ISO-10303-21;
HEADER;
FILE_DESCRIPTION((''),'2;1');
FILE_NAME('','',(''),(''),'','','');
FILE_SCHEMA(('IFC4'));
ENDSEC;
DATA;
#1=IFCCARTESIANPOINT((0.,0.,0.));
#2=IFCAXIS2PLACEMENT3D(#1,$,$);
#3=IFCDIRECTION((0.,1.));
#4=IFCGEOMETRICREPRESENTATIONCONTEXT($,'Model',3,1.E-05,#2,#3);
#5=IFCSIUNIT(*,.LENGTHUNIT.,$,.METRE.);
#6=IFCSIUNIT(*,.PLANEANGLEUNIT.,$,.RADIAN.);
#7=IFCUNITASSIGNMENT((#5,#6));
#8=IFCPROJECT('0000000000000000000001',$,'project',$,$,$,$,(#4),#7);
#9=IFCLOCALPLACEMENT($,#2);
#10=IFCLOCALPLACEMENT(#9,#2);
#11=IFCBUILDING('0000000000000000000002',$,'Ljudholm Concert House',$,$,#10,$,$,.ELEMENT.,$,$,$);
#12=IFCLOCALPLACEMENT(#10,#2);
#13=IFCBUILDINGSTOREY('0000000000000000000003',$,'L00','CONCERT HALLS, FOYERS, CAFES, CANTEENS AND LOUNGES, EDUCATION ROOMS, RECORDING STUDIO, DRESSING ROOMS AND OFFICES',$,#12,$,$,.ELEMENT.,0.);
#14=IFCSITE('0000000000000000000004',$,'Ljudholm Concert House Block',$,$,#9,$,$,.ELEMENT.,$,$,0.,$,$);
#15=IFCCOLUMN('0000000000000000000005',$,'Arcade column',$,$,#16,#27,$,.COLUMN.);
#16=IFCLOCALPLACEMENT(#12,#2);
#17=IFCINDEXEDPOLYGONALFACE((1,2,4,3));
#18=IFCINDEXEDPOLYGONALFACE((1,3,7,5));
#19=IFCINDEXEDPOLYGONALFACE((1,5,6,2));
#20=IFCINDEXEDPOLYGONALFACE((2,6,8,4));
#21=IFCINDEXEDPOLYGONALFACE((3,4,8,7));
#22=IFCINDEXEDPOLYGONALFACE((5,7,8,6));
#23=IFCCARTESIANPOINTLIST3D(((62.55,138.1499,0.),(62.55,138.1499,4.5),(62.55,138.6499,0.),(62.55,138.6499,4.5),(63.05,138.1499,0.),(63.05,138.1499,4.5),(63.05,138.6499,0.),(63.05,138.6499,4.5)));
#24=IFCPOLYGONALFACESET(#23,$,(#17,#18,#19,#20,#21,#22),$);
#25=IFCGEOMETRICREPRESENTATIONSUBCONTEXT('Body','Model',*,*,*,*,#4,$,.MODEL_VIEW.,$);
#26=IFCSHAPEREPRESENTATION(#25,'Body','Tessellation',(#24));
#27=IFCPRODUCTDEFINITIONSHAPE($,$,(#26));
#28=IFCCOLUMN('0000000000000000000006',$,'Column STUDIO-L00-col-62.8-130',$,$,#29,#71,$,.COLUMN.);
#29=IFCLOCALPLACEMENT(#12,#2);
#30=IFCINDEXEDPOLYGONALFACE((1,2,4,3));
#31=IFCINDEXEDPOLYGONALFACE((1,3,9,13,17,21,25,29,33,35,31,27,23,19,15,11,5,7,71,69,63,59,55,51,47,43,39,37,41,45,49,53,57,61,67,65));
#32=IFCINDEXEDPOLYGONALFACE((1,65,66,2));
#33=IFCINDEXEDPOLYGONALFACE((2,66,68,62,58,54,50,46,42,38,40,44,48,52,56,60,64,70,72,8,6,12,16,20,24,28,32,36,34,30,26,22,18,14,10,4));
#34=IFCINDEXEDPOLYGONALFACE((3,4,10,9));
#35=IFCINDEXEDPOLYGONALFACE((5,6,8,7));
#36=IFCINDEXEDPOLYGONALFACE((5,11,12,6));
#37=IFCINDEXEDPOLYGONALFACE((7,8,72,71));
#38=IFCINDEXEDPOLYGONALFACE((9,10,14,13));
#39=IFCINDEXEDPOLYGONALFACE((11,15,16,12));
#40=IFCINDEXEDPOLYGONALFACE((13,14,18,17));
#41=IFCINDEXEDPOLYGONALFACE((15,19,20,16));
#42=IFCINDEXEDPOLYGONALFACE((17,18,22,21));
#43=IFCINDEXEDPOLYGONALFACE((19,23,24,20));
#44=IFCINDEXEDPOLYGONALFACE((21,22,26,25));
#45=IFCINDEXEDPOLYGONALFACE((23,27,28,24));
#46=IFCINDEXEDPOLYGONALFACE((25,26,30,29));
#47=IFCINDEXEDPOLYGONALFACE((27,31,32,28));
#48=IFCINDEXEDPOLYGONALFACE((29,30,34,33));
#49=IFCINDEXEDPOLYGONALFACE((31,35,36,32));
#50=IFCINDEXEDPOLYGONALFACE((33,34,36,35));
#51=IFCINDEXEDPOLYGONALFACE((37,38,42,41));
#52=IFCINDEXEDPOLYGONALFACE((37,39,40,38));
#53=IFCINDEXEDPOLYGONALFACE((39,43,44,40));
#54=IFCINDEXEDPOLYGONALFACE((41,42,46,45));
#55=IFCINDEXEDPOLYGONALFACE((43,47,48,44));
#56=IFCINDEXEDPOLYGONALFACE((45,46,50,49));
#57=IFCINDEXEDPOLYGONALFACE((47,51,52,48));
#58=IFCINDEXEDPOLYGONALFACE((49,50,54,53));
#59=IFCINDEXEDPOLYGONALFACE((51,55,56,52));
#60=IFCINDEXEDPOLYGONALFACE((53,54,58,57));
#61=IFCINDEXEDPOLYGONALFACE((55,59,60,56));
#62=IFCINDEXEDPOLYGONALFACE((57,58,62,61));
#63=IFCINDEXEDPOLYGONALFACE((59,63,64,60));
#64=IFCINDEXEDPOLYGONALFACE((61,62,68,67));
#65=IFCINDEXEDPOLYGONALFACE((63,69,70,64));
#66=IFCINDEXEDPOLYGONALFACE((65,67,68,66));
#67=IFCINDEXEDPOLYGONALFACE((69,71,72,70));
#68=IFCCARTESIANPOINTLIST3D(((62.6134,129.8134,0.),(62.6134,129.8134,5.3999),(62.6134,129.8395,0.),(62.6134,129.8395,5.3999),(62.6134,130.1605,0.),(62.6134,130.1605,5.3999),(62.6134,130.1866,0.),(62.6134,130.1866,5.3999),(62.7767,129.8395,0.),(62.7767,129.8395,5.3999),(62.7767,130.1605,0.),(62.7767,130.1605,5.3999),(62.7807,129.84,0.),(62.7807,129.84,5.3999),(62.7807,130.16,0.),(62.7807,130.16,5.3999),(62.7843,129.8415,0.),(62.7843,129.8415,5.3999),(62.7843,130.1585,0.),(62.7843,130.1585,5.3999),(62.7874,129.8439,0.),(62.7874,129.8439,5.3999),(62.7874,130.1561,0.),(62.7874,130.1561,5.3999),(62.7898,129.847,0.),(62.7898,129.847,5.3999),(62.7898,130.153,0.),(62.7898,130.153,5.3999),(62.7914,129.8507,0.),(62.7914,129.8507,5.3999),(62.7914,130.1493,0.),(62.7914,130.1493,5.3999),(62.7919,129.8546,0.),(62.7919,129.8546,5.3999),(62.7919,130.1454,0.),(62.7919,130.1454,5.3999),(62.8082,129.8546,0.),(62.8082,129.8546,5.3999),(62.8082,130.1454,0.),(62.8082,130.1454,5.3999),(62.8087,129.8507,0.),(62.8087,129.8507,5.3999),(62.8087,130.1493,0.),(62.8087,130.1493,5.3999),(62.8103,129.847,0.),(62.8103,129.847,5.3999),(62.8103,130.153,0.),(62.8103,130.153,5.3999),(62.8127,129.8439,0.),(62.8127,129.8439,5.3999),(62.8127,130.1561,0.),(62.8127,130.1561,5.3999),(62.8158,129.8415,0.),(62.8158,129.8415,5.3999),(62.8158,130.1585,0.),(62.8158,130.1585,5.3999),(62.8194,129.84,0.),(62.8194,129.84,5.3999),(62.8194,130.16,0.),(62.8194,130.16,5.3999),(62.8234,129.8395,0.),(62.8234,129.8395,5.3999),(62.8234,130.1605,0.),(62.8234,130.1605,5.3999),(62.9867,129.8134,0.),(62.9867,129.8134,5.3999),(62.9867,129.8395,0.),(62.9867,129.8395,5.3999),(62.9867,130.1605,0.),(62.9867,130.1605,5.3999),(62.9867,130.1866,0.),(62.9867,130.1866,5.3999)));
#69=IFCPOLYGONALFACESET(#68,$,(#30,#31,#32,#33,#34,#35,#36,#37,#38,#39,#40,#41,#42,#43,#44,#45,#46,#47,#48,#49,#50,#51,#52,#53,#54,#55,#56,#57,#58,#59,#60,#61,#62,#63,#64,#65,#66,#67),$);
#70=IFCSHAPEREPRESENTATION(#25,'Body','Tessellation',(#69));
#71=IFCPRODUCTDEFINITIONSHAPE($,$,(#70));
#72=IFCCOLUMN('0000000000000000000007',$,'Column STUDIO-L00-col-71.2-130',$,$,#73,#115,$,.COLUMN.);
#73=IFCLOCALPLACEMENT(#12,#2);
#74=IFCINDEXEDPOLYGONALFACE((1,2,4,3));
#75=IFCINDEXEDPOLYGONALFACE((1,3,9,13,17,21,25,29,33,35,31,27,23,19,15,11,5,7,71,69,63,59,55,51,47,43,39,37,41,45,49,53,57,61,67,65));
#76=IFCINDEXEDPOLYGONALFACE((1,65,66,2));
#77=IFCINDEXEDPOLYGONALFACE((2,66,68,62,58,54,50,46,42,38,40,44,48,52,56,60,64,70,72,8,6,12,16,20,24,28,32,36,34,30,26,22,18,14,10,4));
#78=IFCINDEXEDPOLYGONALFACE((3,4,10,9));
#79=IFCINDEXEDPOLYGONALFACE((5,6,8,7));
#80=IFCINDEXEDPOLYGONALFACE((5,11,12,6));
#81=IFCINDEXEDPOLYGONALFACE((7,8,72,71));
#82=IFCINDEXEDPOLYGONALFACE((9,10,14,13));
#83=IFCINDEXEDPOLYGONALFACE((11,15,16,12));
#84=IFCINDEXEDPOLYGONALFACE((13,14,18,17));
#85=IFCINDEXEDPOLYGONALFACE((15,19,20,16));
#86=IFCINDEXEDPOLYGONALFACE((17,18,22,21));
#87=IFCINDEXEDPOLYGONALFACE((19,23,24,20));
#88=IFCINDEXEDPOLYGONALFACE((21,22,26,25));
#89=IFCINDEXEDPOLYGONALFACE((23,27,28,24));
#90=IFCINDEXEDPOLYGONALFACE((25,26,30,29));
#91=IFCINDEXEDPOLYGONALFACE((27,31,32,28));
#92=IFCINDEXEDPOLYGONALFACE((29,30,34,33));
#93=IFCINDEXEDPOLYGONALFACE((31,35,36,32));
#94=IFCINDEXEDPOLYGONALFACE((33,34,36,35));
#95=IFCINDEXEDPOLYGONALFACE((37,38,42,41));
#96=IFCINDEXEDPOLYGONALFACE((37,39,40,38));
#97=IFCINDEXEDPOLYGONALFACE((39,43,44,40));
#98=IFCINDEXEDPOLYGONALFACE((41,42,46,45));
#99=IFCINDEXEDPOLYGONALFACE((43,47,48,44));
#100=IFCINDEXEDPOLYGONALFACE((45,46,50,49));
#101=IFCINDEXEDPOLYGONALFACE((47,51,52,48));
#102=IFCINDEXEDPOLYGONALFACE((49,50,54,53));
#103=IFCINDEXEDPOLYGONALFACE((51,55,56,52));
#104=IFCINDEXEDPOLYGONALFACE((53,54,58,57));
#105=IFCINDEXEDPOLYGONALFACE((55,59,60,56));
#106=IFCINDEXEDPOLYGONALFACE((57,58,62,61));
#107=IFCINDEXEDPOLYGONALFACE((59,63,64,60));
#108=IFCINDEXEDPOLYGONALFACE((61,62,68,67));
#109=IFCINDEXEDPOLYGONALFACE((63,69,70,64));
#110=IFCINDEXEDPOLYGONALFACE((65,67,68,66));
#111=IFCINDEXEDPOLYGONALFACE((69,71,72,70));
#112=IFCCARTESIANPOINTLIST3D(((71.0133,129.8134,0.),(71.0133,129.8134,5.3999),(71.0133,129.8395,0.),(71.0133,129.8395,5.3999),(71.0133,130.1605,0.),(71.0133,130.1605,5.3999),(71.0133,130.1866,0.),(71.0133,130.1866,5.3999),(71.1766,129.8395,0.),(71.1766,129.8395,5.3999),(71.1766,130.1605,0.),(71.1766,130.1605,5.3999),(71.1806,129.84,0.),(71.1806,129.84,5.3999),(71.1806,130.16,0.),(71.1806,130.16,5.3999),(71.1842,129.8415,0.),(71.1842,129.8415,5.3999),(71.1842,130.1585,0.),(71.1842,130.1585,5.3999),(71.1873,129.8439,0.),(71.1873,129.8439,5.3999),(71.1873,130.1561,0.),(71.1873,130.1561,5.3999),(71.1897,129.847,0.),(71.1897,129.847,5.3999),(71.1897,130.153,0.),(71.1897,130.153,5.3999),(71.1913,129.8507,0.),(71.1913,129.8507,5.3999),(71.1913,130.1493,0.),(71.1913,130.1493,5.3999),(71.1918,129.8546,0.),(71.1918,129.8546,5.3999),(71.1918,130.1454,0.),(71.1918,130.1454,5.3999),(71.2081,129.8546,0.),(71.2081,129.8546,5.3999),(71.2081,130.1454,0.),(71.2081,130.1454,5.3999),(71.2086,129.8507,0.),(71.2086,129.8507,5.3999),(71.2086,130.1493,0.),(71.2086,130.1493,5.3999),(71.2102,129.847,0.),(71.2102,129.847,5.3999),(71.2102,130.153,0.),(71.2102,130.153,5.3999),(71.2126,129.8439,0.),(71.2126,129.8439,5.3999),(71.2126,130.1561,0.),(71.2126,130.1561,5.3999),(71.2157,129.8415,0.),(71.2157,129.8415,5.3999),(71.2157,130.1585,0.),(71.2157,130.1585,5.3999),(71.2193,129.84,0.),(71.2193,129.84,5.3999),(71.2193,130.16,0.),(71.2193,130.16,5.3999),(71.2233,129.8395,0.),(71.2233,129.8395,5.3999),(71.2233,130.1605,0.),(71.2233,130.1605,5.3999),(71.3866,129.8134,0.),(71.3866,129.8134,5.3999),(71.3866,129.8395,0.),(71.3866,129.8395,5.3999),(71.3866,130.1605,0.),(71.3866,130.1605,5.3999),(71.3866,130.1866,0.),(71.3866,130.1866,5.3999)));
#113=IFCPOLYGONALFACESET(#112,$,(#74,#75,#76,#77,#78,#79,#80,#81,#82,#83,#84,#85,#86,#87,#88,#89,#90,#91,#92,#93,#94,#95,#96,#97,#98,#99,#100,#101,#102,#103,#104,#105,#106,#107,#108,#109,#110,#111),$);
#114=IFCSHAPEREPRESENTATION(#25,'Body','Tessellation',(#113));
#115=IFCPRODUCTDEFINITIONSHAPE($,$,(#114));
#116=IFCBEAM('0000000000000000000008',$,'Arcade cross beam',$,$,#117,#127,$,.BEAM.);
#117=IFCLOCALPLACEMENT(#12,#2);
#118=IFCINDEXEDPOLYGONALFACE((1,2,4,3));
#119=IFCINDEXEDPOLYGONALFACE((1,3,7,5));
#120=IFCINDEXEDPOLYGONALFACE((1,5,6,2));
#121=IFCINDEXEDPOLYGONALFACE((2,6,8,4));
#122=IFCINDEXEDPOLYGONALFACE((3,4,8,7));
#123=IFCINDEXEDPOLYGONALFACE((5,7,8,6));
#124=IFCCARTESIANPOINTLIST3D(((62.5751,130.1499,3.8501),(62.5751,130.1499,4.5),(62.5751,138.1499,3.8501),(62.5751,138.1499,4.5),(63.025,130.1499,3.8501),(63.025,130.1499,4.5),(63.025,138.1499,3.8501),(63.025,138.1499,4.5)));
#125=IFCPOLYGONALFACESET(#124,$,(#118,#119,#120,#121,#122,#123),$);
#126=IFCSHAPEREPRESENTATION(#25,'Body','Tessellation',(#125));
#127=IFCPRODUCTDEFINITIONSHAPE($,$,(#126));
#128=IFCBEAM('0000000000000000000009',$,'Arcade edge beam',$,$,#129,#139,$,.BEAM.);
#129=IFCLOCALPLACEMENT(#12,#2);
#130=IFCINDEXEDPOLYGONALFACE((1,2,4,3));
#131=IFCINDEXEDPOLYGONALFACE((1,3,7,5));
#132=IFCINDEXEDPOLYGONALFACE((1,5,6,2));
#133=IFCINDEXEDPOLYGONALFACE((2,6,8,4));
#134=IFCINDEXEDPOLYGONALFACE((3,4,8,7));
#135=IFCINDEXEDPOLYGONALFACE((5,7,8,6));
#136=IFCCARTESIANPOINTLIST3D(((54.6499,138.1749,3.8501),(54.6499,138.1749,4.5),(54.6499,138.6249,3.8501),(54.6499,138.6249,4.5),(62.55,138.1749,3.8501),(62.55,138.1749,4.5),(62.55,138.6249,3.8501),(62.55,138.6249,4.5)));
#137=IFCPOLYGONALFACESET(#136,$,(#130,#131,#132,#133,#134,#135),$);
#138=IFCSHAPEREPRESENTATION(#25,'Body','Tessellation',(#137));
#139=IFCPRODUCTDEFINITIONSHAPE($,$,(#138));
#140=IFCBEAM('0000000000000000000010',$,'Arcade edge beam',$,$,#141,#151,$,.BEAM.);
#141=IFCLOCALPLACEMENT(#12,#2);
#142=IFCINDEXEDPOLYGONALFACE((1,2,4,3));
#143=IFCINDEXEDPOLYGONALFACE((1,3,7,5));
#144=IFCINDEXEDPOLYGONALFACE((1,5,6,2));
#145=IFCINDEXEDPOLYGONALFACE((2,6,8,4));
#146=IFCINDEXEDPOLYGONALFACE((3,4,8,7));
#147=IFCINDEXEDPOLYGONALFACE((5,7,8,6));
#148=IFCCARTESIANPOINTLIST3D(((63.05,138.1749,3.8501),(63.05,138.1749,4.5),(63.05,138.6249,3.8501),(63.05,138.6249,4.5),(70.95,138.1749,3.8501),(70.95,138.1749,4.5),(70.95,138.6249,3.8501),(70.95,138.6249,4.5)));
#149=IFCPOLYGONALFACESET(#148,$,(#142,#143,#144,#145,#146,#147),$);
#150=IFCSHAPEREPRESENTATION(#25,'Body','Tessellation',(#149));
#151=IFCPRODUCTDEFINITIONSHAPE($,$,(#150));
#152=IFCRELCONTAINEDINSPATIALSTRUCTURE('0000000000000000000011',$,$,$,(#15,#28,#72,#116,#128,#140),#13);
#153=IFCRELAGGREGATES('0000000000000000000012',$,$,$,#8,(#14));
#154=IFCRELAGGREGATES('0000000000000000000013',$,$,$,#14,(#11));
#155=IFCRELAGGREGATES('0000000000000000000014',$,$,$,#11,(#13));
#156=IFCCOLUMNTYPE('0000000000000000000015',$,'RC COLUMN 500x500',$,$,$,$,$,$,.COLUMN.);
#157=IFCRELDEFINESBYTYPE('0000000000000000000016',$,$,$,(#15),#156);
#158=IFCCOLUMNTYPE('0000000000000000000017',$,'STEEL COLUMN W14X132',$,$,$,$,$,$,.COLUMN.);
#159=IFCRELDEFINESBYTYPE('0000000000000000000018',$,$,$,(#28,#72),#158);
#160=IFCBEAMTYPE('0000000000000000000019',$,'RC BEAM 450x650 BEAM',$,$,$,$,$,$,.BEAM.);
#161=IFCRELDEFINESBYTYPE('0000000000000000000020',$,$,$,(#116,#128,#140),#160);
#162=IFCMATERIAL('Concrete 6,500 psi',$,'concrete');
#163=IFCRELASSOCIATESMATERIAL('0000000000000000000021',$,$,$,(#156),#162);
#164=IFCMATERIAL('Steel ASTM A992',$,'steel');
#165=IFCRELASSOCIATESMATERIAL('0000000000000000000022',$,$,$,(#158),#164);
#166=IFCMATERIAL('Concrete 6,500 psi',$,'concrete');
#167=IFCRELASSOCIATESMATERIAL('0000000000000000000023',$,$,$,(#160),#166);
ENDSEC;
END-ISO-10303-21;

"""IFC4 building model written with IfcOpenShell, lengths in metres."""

from ifc_helpers import new_model, si_unit, direction, frame, origin, origin_2d, place, context, subcontext, project, spatial, rectangle, i_section, extrude, material, material_profile, profile_set, type_object, element, save


model = new_model("IFC4")

# Units and contexts
model_context = context("Model", 3, precision=1e-05, world=origin(), true_north=direction((0.0, 1.0)))
body_context = subcontext(model_context, "Body", "Model", "MODEL_VIEW")
ifc_project = project(units=[si_unit("LENGTHUNIT", "METRE"), si_unit("PLANEANGLEUNIT", "RADIAN")], contexts=[model_context])

# Site, building, storey
site_placement = place(None, origin())
site = spatial("IfcSite", under=ifc_project, at=site_placement, Name="Ljudholm Concert House Block", CompositionType="ELEMENT", RefElevation=0.0)
building_placement = place(site_placement, origin())
building = spatial("IfcBuilding", under=site, at=building_placement, Name="Ljudholm Concert House", CompositionType="ELEMENT")
storey_placement = place(building_placement, origin())
storey = spatial("IfcBuildingStorey", under=building, at=storey_placement, Name="L00", Description="CONCERT HALLS, FOYERS, CAFES, CANTEENS AND LOUNGES, EDUCATION ROOMS, RECORDING STUDIO, DRESSING ROOMS AND OFFICES", CompositionType="ELEMENT", Elevation=0.0)

# Columns
ifc_material_1 = material(Name="Concrete 6,500 psi", Category="concrete")
ifc_material_profile_1 = material_profile(ifc_material_1, rectangle(XDim=0.5, YDim=0.5, at=origin_2d()), Name="RC COLUMN 500x500")
ifc_profile_set_1 = profile_set([ifc_material_profile_1], Name="Concrete 6,500 psi")
column_type_1 = type_object("IfcColumnType", Name="RC COLUMN 500x500", PredefinedType="COLUMN", material=ifc_profile_set_1)
column_placement = place(storey_placement, frame((62.8, 138.3999, 0.0), z_axis=(0.0, 0.0, 1.0), x_axis=(1.0, 0.0, 0.0)))
element("IfcColumn", 1, at=column_placement, inside=storey, type_object=column_type_1, Name="Arcade column", PredefinedType="COLUMN", context=body_context, shape_type="SweptSolid", body=[
    extrude(rectangle(XDim=0.5, YDim=0.5, at=origin_2d()), origin(), (0.0, 0.0, 1.0), 4.5),
])
ifc_material_2 = material(Name="Steel ASTM A992", Category="steel")
ifc_material_profile_2 = material_profile(ifc_material_2, i_section(OverallWidth=0.3733, OverallDepth=0.3733, WebThickness=0.0164, FlangeThickness=0.0261, FilletRadius=0.0151, at=origin_2d()), Name="W14X132")
ifc_profile_set_2 = profile_set([ifc_material_profile_2], Name="Steel ASTM A992")
column_type_2 = type_object("IfcColumnType", Name="STEEL COLUMN W14X132", PredefinedType="COLUMN", material=ifc_profile_set_2)
for number, where, z_axis, x_axis, name in (
    (2, (62.8, 130.0, 0.0), (0.0, 0.0, 1.0), (1.0, 0.0, 0.0), "Column STUDIO-L00-col-62.8-130"),
    (3, (71.2, 130.0, 0.0), (0.0, 0.0, 1.0), (1.0, 0.0, 0.0), "Column STUDIO-L00-col-71.2-130"),
):
    element("IfcColumn", number, at=place(storey_placement, frame(where, z_axis=z_axis, x_axis=x_axis)), inside=storey, type_object=column_type_2, Name=name, PredefinedType="COLUMN", context=body_context, shape_type="SweptSolid", body=[
        extrude(i_section(OverallWidth=0.3733, OverallDepth=0.3733, WebThickness=0.0164, FlangeThickness=0.0261, FilletRadius=0.0151, at=origin_2d()), origin(), (0.0, 0.0, 1.0), 5.3999),
    ])

# Beams
ifc_material_3 = material(Name="Concrete 6,500 psi", Category="concrete")
ifc_material_profile_3 = material_profile(ifc_material_3, rectangle(XDim=0.45, YDim=0.6499, at=origin_2d()), Name="RC BEAM 450x650 BEAM")
ifc_profile_set_3 = profile_set([ifc_material_profile_3], Name="Concrete 6,500 psi")
beam_type_1 = type_object("IfcBeamType", Name="RC BEAM 450x650 BEAM", PredefinedType="BEAM", material=ifc_profile_set_3)
beam_1_placement = place(storey_placement, frame((62.8, 138.1499, 4.175), z_axis=(0.0, -1.0, 0.0), x_axis=(1.0, 0.0, 0.0)))
element("IfcBeam", 4, at=beam_1_placement, inside=storey, type_object=beam_type_1, Name="Arcade cross beam", PredefinedType="BEAM", context=body_context, shape_type="SweptSolid", body=[
    extrude(rectangle(XDim=0.45, YDim=0.6499, at=origin_2d()), origin(), (0.0, 0.0, 1.0), 8.0),
])
beam_2_placement = place(storey_placement, frame((54.6499, 138.3999, 4.175), z_axis=(1.0, 0.0, 0.0), x_axis=(0.0, 1.0, 0.0)))
element("IfcBeam", 5, at=beam_2_placement, inside=storey, type_object=beam_type_1, Name="Arcade edge beam", PredefinedType="BEAM", context=body_context, shape_type="SweptSolid", body=[
    extrude(rectangle(XDim=0.45, YDim=0.6499, at=origin_2d()), origin(), (0.0, 0.0, 1.0), 7.9001),
])
beam_3_placement = place(storey_placement, frame((63.05, 138.3999, 4.175), z_axis=(1.0, 0.0, 0.0), x_axis=(0.0, 1.0, 0.0)))
element("IfcBeam", 6, at=beam_3_placement, inside=storey, type_object=beam_type_1, Name="Arcade edge beam", PredefinedType="BEAM", context=body_context, shape_type="SweptSolid", body=[
    extrude(rectangle(XDim=0.45, YDim=0.6499, at=origin_2d()), origin(), (0.0, 0.0, 1.0), 7.8999),
])

save(model, "model.ifc")
